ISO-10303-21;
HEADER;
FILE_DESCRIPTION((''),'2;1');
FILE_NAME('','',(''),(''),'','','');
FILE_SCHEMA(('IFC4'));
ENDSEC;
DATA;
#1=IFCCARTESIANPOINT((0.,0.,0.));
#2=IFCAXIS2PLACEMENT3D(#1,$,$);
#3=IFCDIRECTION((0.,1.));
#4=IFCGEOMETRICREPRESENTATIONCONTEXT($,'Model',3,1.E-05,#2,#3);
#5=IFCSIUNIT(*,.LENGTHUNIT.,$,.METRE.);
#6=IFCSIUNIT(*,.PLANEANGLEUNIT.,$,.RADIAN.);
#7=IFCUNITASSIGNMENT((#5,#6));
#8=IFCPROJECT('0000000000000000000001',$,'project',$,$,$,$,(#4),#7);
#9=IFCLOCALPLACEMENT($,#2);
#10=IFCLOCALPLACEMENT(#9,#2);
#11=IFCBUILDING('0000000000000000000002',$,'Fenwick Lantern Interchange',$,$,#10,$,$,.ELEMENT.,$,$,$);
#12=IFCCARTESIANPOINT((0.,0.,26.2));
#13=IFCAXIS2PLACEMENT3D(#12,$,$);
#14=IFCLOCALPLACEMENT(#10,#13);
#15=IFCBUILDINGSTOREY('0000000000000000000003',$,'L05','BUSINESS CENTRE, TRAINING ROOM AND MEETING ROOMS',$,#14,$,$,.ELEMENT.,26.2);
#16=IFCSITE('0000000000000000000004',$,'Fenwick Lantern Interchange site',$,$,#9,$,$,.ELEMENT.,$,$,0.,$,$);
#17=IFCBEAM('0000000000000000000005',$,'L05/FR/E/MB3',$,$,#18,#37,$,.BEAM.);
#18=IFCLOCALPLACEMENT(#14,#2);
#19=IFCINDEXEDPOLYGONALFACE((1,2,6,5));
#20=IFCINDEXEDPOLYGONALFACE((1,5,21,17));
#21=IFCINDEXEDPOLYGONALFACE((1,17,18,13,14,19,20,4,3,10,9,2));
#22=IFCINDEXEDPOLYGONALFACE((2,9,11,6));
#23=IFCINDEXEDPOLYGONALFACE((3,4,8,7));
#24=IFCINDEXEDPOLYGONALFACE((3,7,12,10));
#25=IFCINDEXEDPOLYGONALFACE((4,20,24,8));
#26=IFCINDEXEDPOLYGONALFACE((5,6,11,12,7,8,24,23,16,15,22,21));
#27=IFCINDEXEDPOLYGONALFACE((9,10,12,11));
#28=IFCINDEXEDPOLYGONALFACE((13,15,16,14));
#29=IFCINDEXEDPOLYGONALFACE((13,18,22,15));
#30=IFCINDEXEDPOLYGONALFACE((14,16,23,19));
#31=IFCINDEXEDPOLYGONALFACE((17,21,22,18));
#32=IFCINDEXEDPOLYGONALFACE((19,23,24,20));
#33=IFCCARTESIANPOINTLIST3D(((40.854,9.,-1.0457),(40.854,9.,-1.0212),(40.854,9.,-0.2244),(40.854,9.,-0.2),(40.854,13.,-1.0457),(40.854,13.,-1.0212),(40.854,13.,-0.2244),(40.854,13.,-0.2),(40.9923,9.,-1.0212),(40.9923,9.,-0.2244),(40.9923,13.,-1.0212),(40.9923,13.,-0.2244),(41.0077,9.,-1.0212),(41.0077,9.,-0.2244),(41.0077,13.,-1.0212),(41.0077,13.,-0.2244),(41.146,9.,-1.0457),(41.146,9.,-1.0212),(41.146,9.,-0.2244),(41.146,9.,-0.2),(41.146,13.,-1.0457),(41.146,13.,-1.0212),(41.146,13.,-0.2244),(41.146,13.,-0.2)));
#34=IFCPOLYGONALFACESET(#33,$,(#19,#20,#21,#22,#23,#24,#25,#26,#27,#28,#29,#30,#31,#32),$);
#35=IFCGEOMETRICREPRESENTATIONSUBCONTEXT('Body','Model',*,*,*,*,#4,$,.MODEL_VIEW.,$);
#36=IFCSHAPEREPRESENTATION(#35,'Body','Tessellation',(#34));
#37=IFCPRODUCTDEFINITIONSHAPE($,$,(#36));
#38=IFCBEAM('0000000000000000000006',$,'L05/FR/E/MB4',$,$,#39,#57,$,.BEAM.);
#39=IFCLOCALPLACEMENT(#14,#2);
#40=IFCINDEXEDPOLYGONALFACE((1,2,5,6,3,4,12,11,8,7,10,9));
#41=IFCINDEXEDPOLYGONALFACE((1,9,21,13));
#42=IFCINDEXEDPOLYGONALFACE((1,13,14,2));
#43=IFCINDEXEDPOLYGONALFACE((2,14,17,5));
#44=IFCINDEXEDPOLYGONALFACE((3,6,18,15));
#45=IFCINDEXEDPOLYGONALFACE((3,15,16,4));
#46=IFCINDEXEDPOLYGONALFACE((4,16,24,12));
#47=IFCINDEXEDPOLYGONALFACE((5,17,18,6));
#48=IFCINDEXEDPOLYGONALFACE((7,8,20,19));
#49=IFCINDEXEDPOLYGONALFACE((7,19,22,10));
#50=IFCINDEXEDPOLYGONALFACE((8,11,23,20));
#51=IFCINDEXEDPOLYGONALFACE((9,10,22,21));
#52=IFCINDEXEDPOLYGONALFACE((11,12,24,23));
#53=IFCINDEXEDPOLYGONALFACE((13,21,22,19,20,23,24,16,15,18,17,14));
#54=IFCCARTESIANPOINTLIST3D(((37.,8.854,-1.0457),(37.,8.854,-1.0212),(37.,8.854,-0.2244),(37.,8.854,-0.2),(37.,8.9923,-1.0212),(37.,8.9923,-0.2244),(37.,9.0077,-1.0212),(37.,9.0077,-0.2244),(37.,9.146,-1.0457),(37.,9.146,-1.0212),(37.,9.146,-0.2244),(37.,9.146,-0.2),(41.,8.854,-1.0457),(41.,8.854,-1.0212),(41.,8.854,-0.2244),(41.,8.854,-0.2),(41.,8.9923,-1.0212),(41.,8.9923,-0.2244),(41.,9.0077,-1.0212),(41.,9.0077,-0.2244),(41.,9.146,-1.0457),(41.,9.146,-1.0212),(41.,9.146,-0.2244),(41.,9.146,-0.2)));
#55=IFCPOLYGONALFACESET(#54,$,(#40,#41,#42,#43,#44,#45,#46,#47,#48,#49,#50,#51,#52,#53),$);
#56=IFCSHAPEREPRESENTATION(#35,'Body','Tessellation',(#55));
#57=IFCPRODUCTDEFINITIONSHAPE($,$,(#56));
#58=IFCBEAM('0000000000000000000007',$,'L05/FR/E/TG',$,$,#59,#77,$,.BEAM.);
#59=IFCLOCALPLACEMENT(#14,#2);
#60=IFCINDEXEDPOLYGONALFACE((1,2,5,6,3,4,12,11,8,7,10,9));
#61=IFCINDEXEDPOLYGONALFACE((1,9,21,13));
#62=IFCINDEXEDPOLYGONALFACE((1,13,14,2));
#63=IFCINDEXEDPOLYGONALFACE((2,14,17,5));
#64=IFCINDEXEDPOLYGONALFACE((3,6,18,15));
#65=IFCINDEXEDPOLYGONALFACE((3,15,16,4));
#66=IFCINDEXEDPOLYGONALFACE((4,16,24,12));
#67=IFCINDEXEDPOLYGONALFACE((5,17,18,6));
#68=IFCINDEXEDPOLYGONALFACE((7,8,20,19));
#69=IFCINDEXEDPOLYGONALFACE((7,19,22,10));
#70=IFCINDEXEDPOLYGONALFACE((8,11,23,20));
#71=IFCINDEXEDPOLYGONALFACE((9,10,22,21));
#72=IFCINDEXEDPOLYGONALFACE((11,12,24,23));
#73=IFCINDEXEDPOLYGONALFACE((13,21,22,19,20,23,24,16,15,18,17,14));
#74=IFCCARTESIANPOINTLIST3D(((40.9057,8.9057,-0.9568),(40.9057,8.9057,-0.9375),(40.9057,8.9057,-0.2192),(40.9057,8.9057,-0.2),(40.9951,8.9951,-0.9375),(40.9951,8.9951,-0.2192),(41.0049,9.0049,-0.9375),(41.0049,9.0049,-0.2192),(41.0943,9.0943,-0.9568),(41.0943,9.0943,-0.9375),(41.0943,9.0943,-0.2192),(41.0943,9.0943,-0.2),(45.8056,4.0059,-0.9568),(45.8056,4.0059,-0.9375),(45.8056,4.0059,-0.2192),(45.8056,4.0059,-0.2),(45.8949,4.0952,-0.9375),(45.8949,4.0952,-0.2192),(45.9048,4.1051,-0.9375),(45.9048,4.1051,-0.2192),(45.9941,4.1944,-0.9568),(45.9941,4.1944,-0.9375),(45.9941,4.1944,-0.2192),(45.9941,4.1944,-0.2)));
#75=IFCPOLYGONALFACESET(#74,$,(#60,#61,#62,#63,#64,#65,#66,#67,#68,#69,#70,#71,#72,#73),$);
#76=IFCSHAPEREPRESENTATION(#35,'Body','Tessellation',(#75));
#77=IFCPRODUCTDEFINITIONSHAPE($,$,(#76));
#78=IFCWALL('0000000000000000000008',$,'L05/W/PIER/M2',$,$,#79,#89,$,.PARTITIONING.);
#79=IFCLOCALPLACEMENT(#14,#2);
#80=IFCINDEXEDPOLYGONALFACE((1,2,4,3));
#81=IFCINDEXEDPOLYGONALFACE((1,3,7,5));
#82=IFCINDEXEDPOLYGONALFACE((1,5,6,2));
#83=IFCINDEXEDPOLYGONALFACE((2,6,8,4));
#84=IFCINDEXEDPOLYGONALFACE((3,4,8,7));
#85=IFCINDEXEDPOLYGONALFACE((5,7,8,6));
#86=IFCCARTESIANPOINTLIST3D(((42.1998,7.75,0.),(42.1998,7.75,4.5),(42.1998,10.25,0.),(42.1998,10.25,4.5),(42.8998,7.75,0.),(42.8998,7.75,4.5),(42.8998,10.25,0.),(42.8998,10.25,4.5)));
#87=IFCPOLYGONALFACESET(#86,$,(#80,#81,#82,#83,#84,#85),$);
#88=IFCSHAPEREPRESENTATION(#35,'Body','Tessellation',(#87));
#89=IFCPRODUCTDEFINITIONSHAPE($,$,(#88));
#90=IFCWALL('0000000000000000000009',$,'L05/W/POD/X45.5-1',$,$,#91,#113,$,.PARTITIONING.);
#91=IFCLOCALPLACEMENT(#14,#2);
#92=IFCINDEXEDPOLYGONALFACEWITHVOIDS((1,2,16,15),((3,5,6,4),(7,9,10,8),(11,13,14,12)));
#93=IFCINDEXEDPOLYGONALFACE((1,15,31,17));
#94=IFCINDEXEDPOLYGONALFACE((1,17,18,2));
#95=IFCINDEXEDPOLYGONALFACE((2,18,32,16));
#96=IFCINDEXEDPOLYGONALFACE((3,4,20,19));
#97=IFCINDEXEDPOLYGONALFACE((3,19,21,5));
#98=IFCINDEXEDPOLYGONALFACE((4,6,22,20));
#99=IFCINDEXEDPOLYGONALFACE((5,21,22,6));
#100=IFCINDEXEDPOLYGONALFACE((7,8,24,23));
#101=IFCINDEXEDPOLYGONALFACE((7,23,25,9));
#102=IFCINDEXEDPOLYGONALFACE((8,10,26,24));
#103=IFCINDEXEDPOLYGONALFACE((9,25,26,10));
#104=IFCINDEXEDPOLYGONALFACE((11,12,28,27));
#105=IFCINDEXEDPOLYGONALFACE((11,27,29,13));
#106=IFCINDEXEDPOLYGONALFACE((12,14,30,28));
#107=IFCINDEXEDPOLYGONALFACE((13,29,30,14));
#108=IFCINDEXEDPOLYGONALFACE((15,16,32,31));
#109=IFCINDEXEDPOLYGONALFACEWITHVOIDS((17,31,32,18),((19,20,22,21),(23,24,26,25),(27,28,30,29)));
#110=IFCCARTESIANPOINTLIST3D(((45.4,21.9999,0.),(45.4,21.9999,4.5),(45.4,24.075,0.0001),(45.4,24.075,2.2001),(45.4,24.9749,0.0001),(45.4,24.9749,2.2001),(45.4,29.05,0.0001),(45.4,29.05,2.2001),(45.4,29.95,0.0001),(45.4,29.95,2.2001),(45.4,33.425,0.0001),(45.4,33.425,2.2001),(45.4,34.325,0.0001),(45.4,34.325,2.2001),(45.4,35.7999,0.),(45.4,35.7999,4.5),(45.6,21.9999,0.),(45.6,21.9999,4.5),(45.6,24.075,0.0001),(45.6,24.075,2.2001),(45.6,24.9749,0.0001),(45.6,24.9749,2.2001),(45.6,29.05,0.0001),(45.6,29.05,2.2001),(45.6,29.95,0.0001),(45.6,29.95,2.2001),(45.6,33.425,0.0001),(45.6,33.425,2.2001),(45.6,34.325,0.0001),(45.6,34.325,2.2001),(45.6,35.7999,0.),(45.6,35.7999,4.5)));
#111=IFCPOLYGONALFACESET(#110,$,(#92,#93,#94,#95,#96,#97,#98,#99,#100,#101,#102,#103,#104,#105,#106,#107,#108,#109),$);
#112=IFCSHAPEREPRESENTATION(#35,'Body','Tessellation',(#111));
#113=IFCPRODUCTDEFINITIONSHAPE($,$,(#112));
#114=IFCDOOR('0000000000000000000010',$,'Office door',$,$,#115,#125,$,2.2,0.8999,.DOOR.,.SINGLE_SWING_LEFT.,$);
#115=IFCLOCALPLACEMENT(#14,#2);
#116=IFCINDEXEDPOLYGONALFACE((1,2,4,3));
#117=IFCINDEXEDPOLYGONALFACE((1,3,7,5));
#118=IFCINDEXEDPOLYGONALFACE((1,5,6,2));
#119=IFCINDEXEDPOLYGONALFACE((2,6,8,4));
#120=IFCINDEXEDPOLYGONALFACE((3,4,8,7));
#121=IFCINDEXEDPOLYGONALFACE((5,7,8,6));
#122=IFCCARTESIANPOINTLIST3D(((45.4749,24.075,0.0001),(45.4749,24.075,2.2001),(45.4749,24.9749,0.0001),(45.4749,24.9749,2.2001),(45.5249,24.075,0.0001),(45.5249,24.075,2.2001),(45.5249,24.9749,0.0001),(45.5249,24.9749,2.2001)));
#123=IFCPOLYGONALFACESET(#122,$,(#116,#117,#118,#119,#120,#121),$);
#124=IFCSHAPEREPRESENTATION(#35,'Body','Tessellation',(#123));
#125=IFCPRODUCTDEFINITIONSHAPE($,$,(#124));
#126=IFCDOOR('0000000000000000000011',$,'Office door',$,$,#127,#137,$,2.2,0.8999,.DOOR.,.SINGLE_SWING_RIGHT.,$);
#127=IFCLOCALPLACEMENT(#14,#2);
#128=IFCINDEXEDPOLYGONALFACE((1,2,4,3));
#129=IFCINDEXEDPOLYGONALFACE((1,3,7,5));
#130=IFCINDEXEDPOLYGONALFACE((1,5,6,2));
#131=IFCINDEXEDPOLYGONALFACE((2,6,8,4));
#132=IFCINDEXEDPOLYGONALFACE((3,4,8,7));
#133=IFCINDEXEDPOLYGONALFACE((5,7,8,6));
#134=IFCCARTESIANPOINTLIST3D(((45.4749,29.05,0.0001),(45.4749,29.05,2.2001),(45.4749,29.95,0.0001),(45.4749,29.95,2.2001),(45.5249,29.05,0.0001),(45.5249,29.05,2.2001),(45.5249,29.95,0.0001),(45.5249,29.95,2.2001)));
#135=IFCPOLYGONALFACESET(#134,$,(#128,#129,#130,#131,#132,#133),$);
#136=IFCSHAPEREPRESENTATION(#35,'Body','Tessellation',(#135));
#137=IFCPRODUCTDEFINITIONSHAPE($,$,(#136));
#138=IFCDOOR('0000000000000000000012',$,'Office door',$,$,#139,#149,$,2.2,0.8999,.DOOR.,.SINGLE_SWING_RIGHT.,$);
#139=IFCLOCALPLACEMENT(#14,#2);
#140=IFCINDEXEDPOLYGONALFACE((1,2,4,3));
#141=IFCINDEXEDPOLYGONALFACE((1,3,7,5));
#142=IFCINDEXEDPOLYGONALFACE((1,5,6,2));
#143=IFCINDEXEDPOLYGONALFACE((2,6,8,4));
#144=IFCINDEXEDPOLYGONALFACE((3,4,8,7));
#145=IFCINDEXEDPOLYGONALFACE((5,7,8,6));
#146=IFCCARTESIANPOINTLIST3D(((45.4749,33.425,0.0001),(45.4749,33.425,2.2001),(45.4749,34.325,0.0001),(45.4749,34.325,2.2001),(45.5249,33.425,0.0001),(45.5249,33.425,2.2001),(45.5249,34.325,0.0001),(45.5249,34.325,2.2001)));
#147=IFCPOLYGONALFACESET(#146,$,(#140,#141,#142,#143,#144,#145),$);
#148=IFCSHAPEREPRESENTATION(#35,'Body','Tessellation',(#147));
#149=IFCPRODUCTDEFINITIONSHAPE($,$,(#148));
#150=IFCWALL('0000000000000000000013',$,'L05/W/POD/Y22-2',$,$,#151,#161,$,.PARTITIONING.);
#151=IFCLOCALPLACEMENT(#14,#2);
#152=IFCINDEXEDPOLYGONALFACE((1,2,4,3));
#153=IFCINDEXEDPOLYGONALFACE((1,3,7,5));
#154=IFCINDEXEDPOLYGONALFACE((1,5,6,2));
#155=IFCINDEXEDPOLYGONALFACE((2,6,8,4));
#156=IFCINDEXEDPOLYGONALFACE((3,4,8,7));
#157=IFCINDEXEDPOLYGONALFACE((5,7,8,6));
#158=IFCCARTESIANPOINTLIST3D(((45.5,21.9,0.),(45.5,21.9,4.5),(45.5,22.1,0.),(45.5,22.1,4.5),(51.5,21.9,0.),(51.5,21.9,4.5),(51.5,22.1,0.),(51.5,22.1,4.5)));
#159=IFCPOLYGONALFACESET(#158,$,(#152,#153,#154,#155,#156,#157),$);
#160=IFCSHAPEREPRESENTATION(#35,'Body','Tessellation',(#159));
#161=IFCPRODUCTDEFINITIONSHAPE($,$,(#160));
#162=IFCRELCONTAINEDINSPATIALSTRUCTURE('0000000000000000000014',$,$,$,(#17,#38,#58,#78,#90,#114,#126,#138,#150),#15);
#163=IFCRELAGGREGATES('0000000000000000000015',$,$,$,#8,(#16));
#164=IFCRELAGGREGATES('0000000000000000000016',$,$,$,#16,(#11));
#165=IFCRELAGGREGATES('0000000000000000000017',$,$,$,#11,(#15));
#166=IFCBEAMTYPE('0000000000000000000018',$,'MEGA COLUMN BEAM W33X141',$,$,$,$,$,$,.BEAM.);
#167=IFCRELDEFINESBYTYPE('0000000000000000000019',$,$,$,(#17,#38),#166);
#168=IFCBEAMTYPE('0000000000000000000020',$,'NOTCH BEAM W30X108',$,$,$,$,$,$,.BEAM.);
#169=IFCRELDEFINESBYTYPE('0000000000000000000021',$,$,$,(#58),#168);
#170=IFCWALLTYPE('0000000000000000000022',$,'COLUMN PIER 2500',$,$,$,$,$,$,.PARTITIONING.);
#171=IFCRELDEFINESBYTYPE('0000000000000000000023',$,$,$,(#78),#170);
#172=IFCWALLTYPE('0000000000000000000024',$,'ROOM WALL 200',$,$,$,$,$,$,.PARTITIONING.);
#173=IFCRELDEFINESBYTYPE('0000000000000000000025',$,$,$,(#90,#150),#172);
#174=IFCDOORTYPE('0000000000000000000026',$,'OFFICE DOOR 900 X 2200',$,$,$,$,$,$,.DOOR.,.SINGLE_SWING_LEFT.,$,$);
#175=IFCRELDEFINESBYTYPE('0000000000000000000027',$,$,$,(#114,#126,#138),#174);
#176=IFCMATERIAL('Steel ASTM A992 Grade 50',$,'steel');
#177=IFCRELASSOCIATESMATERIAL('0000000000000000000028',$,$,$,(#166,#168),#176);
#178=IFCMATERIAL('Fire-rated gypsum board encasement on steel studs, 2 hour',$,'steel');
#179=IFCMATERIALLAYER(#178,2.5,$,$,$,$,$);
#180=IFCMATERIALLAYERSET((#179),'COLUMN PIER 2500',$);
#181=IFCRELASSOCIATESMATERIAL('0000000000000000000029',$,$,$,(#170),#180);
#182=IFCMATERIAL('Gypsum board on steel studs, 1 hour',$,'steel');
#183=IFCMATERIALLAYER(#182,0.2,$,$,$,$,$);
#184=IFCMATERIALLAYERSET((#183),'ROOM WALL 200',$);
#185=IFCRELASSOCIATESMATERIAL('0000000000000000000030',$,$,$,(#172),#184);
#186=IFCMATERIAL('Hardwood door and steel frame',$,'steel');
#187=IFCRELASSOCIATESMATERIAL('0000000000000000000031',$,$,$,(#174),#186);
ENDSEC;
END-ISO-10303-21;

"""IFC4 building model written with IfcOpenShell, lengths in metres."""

from ifc_helpers import new_model, si_unit, direction, frame, frame_2d, origin, origin_2d, place, context, subcontext, project, spatial, rectangle, i_section, extrude, material, layer, layer_set, material_profile, profile_set, type_object, element, fill, save


model = new_model("IFC4")

# Units and contexts
model_context = context("Model", 3, precision=1e-05, world=origin(), true_north=direction((0.0, 1.0)))
body_context = subcontext(model_context, "Body", "Model", "MODEL_VIEW")
ifc_project = project(units=[si_unit("LENGTHUNIT", "METRE"), si_unit("PLANEANGLEUNIT", "RADIAN")], contexts=[model_context])

# Site, building, storey
site_placement = place(None, origin())
site = spatial("IfcSite", under=ifc_project, at=site_placement, Name="Fenwick Lantern Interchange site", CompositionType="ELEMENT", RefElevation=0.0)
building_placement = place(site_placement, origin())
building = spatial("IfcBuilding", under=site, at=building_placement, Name="Fenwick Lantern Interchange", CompositionType="ELEMENT")
storey_placement = place(building_placement, frame((0.0, 0.0, 26.2)))
storey = spatial("IfcBuildingStorey", under=building, at=storey_placement, Name="L05", Description="BUSINESS CENTRE, TRAINING ROOM AND MEETING ROOMS", CompositionType="ELEMENT", Elevation=26.2)

# Beams
ifc_material_1 = material(Name="Steel ASTM A992 Grade 50", Category="steel")
ifc_material_profile_1 = material_profile(ifc_material_1, i_section(OverallWidth=0.292, OverallDepth=0.8457, WebThickness=0.0154, FlangeThickness=0.0244, at=origin_2d()), Name="W33X141")
ifc_profile_set_1 = profile_set([ifc_material_profile_1], Name="Steel ASTM A992 Grade 50")
beam_type_1 = type_object("IfcBeamType", Name="MEGA COLUMN BEAM W33X141", PredefinedType="BEAM", material=ifc_profile_set_1)
for number, where, z_axis, x_axis, name in (
    (1, (41.0, 9.0, -0.6228), (0.0, 1.0, 0.0), (-1.0, 0.0, 0.0), "L05/FR/E/MB3"),
    (2, (41.0, 9.0, -0.6228), (-1.0, 0.0, 0.0), (0.0, -1.0, 0.0), "L05/FR/E/MB4"),
):
    element("IfcBeam", number, at=place(storey_placement, frame(where, z_axis=z_axis, x_axis=x_axis)), inside=storey, type_object=beam_type_1, Name=name, PredefinedType="BEAM", context=body_context, shape_type="SweptSolid", body=[
        extrude(i_section(OverallWidth=0.292, OverallDepth=0.8457, WebThickness=0.0154, FlangeThickness=0.0244, at=origin_2d()), origin(), (0.0, 0.0, 1.0), 4.0),
    ])
ifc_material_profile_2 = material_profile(ifc_material_1, i_section(OverallWidth=0.2666, OverallDepth=0.7568, WebThickness=0.0139, FlangeThickness=0.0193, at=origin_2d()), Name="W30X108")
ifc_profile_set_2 = profile_set([ifc_material_profile_2], Name="Steel ASTM A992 Grade 50")
beam_type_2 = type_object("IfcBeamType", Name="NOTCH BEAM W30X108", PredefinedType="BEAM", material=ifc_profile_set_2)
beam_1_placement = place(storey_placement, frame((41.0, 9.0, -0.5784), z_axis=(0.707107, -0.707107, 0.0), x_axis=(0.707107, 0.707107, 0.0)))
element("IfcBeam", 3, at=beam_1_placement, inside=storey, type_object=beam_type_2, Name="L05/FR/E/TG", PredefinedType="BEAM", context=body_context, shape_type="SweptSolid", body=[
    extrude(i_section(OverallWidth=0.2666, OverallDepth=0.7568, WebThickness=0.0139, FlangeThickness=0.0193, at=origin_2d()), origin(), (0.0, 0.0, 1.0), 6.9294),
])

# Wall
ifc_material_2 = material(Name="Fire-rated gypsum board encasement on steel studs, 2 hour", Category="steel")
ifc_layer_1 = layer(ifc_material_2, 2.5)
ifc_layer_set_1 = layer_set([ifc_layer_1], Name="COLUMN PIER 2500")
wall_type_1 = type_object("IfcWallType", Name="COLUMN PIER 2500", PredefinedType="PARTITIONING", material=ifc_layer_set_1)
wall_1_placement = place(storey_placement, frame((42.8999, 9.0, 0.0), z_axis=(0.0, 0.0, 1.0), x_axis=(-1.0, 0.0, 0.0)))
element("IfcWall", 4, at=wall_1_placement, inside=storey, type_object=wall_type_1, Name="L05/W/PIER/M2", PredefinedType="PARTITIONING", context=body_context, shape_type="SweptSolid", body=[
    extrude(rectangle(XDim=0.7, YDim=2.5, at=frame_2d((0.3501, 0.0))), origin(), (0.0, 0.0, 1.0), 4.5),
])

# Wall, openings, doors
ifc_material_3 = material(Name="Gypsum board on steel studs, 1 hour", Category="steel")
ifc_layer_2 = layer(ifc_material_3, 0.2)
ifc_layer_set_2 = layer_set([ifc_layer_2], Name="ROOM WALL 200")
wall_type_2 = type_object("IfcWallType", Name="ROOM WALL 200", PredefinedType="PARTITIONING", material=ifc_layer_set_2)
wall_2_placement = place(storey_placement, frame((45.5, 22.0, 0.0), z_axis=(0.0, 0.0, 1.0), x_axis=(0.0, 1.0, 0.0)))
wall_2 = element("IfcWall", 5, at=wall_2_placement, inside=storey, type_object=wall_type_2, Name="L05/W/POD/X45.5-1", PredefinedType="PARTITIONING", context=body_context, shape_type="SweptSolid", body=[
    extrude(rectangle(XDim=13.8, YDim=0.2, at=frame_2d((6.8999, 0.0))), origin(), (0.0, 0.0, 1.0), 4.5),
])
opening_1_placement = place(wall_2_placement, frame((2.075, 0.0, 0.0)))
opening_1 = element("IfcOpeningElement", 6, at=opening_1_placement, cuts=wall_2, PredefinedType="OPENING", context=body_context, shape_type="SweptSolid", body=[
    extrude(rectangle(XDim=0.8999, YDim=2.2, at=frame_2d((0.45, 1.1001))), frame((0.0, 0.1099, 0.0), z_axis=(0.0, -1.0, 0.0), x_axis=(1.0, 0.0, 0.0)), (0.0, 0.0, 1.0), 0.22),
])
opening_2_placement = place(wall_2_placement, frame((7.05, 0.0, 0.0)))
opening_2 = element("IfcOpeningElement", 7, at=opening_2_placement, cuts=wall_2, PredefinedType="OPENING", context=body_context, shape_type="SweptSolid", body=[
    extrude(rectangle(XDim=0.8999, YDim=2.2, at=frame_2d((0.45, 1.1001))), frame((0.0, 0.1099, 0.0), z_axis=(0.0, -1.0, 0.0), x_axis=(1.0, 0.0, 0.0)), (0.0, 0.0, 1.0), 0.22),
])
opening_3_placement = place(wall_2_placement, frame((11.425, 0.0, 0.0)))
opening_3 = element("IfcOpeningElement", 8, at=opening_3_placement, cuts=wall_2, PredefinedType="OPENING", context=body_context, shape_type="SweptSolid", body=[
    extrude(rectangle(XDim=0.8999, YDim=2.2, at=frame_2d((0.45, 1.1001))), frame((0.0, 0.1099, 0.0), z_axis=(0.0, -1.0, 0.0), x_axis=(1.0, 0.0, 0.0)), (0.0, 0.0, 1.0), 0.22),
])
ifc_material_4 = material(Name="Hardwood door and steel frame", Category="steel")
door_type_1 = type_object("IfcDoorType", Name="OFFICE DOOR 900 X 2200", OperationType="SINGLE_SWING_LEFT", PredefinedType="DOOR", material=ifc_material_4)
door_1_placement = place(opening_1_placement, frame((0.8999, 0.0, 0.0), z_axis=(0.0, 0.0, 1.0), x_axis=(-1.0, 0.0, 0.0)))
door_1 = element("IfcDoor", 9, at=door_1_placement, inside=storey, type_object=door_type_1, Name="Office door", OperationType="SINGLE_SWING_LEFT", OverallHeight=2.2, OverallWidth=0.8999, PredefinedType="DOOR", context=body_context, shape_type="SweptSolid", body=[
    extrude(rectangle(XDim=0.8999, YDim=2.2, at=frame_2d((0.45, 1.1001))), frame((0.0, 0.0249, 0.0), z_axis=(0.0, -1.0, 0.0), x_axis=(1.0, 0.0, 0.0)), (0.0, 0.0, 1.0), 0.05),
])
fill(opening_1, door_1)
door_2_placement = place(opening_2_placement, frame((0.8999, 0.0, 0.0), z_axis=(0.0, 0.0, 1.0), x_axis=(-1.0, 0.0, 0.0)))
door_2 = element("IfcDoor", 10, at=door_2_placement, inside=storey, type_object=door_type_1, Name="Office door", OperationType="SINGLE_SWING_RIGHT", OverallHeight=2.2, OverallWidth=0.8999, PredefinedType="DOOR", context=body_context, shape_type="SweptSolid", body=[
    extrude(rectangle(XDim=0.8999, YDim=2.2, at=frame_2d((0.45, 1.1001))), frame((0.0, 0.0249, 0.0), z_axis=(0.0, -1.0, 0.0), x_axis=(1.0, 0.0, 0.0)), (0.0, 0.0, 1.0), 0.05),
])
fill(opening_2, door_2)
door_3_placement = place(opening_3_placement, frame((0.8999, 0.0, 0.0), z_axis=(0.0, 0.0, 1.0), x_axis=(-1.0, 0.0, 0.0)))
door_3 = element("IfcDoor", 11, at=door_3_placement, inside=storey, type_object=door_type_1, Name="Office door", OperationType="SINGLE_SWING_RIGHT", OverallHeight=2.2, OverallWidth=0.8999, PredefinedType="DOOR", context=body_context, shape_type="SweptSolid", body=[
    extrude(rectangle(XDim=0.8999, YDim=2.2, at=frame_2d((0.45, 1.1001))), frame((0.0, 0.0249, 0.0), z_axis=(0.0, -1.0, 0.0), x_axis=(1.0, 0.0, 0.0)), (0.0, 0.0, 1.0), 0.05),
])
fill(opening_3, door_3)

# Wall
wall_3_placement = place(storey_placement, frame((45.5, 22.0, 0.0), z_axis=(0.0, 0.0, 1.0), x_axis=(1.0, 0.0, 0.0)))
element("IfcWall", 12, at=wall_3_placement, inside=storey, type_object=wall_type_2, Name="L05/W/POD/Y22-2", PredefinedType="PARTITIONING", context=body_context, shape_type="SweptSolid", body=[
    extrude(rectangle(XDim=6.0, YDim=0.2, at=frame_2d((3.0, 0.0))), origin(), (0.0, 0.0, 1.0), 4.5),
])

save(model, "model.ifc")
